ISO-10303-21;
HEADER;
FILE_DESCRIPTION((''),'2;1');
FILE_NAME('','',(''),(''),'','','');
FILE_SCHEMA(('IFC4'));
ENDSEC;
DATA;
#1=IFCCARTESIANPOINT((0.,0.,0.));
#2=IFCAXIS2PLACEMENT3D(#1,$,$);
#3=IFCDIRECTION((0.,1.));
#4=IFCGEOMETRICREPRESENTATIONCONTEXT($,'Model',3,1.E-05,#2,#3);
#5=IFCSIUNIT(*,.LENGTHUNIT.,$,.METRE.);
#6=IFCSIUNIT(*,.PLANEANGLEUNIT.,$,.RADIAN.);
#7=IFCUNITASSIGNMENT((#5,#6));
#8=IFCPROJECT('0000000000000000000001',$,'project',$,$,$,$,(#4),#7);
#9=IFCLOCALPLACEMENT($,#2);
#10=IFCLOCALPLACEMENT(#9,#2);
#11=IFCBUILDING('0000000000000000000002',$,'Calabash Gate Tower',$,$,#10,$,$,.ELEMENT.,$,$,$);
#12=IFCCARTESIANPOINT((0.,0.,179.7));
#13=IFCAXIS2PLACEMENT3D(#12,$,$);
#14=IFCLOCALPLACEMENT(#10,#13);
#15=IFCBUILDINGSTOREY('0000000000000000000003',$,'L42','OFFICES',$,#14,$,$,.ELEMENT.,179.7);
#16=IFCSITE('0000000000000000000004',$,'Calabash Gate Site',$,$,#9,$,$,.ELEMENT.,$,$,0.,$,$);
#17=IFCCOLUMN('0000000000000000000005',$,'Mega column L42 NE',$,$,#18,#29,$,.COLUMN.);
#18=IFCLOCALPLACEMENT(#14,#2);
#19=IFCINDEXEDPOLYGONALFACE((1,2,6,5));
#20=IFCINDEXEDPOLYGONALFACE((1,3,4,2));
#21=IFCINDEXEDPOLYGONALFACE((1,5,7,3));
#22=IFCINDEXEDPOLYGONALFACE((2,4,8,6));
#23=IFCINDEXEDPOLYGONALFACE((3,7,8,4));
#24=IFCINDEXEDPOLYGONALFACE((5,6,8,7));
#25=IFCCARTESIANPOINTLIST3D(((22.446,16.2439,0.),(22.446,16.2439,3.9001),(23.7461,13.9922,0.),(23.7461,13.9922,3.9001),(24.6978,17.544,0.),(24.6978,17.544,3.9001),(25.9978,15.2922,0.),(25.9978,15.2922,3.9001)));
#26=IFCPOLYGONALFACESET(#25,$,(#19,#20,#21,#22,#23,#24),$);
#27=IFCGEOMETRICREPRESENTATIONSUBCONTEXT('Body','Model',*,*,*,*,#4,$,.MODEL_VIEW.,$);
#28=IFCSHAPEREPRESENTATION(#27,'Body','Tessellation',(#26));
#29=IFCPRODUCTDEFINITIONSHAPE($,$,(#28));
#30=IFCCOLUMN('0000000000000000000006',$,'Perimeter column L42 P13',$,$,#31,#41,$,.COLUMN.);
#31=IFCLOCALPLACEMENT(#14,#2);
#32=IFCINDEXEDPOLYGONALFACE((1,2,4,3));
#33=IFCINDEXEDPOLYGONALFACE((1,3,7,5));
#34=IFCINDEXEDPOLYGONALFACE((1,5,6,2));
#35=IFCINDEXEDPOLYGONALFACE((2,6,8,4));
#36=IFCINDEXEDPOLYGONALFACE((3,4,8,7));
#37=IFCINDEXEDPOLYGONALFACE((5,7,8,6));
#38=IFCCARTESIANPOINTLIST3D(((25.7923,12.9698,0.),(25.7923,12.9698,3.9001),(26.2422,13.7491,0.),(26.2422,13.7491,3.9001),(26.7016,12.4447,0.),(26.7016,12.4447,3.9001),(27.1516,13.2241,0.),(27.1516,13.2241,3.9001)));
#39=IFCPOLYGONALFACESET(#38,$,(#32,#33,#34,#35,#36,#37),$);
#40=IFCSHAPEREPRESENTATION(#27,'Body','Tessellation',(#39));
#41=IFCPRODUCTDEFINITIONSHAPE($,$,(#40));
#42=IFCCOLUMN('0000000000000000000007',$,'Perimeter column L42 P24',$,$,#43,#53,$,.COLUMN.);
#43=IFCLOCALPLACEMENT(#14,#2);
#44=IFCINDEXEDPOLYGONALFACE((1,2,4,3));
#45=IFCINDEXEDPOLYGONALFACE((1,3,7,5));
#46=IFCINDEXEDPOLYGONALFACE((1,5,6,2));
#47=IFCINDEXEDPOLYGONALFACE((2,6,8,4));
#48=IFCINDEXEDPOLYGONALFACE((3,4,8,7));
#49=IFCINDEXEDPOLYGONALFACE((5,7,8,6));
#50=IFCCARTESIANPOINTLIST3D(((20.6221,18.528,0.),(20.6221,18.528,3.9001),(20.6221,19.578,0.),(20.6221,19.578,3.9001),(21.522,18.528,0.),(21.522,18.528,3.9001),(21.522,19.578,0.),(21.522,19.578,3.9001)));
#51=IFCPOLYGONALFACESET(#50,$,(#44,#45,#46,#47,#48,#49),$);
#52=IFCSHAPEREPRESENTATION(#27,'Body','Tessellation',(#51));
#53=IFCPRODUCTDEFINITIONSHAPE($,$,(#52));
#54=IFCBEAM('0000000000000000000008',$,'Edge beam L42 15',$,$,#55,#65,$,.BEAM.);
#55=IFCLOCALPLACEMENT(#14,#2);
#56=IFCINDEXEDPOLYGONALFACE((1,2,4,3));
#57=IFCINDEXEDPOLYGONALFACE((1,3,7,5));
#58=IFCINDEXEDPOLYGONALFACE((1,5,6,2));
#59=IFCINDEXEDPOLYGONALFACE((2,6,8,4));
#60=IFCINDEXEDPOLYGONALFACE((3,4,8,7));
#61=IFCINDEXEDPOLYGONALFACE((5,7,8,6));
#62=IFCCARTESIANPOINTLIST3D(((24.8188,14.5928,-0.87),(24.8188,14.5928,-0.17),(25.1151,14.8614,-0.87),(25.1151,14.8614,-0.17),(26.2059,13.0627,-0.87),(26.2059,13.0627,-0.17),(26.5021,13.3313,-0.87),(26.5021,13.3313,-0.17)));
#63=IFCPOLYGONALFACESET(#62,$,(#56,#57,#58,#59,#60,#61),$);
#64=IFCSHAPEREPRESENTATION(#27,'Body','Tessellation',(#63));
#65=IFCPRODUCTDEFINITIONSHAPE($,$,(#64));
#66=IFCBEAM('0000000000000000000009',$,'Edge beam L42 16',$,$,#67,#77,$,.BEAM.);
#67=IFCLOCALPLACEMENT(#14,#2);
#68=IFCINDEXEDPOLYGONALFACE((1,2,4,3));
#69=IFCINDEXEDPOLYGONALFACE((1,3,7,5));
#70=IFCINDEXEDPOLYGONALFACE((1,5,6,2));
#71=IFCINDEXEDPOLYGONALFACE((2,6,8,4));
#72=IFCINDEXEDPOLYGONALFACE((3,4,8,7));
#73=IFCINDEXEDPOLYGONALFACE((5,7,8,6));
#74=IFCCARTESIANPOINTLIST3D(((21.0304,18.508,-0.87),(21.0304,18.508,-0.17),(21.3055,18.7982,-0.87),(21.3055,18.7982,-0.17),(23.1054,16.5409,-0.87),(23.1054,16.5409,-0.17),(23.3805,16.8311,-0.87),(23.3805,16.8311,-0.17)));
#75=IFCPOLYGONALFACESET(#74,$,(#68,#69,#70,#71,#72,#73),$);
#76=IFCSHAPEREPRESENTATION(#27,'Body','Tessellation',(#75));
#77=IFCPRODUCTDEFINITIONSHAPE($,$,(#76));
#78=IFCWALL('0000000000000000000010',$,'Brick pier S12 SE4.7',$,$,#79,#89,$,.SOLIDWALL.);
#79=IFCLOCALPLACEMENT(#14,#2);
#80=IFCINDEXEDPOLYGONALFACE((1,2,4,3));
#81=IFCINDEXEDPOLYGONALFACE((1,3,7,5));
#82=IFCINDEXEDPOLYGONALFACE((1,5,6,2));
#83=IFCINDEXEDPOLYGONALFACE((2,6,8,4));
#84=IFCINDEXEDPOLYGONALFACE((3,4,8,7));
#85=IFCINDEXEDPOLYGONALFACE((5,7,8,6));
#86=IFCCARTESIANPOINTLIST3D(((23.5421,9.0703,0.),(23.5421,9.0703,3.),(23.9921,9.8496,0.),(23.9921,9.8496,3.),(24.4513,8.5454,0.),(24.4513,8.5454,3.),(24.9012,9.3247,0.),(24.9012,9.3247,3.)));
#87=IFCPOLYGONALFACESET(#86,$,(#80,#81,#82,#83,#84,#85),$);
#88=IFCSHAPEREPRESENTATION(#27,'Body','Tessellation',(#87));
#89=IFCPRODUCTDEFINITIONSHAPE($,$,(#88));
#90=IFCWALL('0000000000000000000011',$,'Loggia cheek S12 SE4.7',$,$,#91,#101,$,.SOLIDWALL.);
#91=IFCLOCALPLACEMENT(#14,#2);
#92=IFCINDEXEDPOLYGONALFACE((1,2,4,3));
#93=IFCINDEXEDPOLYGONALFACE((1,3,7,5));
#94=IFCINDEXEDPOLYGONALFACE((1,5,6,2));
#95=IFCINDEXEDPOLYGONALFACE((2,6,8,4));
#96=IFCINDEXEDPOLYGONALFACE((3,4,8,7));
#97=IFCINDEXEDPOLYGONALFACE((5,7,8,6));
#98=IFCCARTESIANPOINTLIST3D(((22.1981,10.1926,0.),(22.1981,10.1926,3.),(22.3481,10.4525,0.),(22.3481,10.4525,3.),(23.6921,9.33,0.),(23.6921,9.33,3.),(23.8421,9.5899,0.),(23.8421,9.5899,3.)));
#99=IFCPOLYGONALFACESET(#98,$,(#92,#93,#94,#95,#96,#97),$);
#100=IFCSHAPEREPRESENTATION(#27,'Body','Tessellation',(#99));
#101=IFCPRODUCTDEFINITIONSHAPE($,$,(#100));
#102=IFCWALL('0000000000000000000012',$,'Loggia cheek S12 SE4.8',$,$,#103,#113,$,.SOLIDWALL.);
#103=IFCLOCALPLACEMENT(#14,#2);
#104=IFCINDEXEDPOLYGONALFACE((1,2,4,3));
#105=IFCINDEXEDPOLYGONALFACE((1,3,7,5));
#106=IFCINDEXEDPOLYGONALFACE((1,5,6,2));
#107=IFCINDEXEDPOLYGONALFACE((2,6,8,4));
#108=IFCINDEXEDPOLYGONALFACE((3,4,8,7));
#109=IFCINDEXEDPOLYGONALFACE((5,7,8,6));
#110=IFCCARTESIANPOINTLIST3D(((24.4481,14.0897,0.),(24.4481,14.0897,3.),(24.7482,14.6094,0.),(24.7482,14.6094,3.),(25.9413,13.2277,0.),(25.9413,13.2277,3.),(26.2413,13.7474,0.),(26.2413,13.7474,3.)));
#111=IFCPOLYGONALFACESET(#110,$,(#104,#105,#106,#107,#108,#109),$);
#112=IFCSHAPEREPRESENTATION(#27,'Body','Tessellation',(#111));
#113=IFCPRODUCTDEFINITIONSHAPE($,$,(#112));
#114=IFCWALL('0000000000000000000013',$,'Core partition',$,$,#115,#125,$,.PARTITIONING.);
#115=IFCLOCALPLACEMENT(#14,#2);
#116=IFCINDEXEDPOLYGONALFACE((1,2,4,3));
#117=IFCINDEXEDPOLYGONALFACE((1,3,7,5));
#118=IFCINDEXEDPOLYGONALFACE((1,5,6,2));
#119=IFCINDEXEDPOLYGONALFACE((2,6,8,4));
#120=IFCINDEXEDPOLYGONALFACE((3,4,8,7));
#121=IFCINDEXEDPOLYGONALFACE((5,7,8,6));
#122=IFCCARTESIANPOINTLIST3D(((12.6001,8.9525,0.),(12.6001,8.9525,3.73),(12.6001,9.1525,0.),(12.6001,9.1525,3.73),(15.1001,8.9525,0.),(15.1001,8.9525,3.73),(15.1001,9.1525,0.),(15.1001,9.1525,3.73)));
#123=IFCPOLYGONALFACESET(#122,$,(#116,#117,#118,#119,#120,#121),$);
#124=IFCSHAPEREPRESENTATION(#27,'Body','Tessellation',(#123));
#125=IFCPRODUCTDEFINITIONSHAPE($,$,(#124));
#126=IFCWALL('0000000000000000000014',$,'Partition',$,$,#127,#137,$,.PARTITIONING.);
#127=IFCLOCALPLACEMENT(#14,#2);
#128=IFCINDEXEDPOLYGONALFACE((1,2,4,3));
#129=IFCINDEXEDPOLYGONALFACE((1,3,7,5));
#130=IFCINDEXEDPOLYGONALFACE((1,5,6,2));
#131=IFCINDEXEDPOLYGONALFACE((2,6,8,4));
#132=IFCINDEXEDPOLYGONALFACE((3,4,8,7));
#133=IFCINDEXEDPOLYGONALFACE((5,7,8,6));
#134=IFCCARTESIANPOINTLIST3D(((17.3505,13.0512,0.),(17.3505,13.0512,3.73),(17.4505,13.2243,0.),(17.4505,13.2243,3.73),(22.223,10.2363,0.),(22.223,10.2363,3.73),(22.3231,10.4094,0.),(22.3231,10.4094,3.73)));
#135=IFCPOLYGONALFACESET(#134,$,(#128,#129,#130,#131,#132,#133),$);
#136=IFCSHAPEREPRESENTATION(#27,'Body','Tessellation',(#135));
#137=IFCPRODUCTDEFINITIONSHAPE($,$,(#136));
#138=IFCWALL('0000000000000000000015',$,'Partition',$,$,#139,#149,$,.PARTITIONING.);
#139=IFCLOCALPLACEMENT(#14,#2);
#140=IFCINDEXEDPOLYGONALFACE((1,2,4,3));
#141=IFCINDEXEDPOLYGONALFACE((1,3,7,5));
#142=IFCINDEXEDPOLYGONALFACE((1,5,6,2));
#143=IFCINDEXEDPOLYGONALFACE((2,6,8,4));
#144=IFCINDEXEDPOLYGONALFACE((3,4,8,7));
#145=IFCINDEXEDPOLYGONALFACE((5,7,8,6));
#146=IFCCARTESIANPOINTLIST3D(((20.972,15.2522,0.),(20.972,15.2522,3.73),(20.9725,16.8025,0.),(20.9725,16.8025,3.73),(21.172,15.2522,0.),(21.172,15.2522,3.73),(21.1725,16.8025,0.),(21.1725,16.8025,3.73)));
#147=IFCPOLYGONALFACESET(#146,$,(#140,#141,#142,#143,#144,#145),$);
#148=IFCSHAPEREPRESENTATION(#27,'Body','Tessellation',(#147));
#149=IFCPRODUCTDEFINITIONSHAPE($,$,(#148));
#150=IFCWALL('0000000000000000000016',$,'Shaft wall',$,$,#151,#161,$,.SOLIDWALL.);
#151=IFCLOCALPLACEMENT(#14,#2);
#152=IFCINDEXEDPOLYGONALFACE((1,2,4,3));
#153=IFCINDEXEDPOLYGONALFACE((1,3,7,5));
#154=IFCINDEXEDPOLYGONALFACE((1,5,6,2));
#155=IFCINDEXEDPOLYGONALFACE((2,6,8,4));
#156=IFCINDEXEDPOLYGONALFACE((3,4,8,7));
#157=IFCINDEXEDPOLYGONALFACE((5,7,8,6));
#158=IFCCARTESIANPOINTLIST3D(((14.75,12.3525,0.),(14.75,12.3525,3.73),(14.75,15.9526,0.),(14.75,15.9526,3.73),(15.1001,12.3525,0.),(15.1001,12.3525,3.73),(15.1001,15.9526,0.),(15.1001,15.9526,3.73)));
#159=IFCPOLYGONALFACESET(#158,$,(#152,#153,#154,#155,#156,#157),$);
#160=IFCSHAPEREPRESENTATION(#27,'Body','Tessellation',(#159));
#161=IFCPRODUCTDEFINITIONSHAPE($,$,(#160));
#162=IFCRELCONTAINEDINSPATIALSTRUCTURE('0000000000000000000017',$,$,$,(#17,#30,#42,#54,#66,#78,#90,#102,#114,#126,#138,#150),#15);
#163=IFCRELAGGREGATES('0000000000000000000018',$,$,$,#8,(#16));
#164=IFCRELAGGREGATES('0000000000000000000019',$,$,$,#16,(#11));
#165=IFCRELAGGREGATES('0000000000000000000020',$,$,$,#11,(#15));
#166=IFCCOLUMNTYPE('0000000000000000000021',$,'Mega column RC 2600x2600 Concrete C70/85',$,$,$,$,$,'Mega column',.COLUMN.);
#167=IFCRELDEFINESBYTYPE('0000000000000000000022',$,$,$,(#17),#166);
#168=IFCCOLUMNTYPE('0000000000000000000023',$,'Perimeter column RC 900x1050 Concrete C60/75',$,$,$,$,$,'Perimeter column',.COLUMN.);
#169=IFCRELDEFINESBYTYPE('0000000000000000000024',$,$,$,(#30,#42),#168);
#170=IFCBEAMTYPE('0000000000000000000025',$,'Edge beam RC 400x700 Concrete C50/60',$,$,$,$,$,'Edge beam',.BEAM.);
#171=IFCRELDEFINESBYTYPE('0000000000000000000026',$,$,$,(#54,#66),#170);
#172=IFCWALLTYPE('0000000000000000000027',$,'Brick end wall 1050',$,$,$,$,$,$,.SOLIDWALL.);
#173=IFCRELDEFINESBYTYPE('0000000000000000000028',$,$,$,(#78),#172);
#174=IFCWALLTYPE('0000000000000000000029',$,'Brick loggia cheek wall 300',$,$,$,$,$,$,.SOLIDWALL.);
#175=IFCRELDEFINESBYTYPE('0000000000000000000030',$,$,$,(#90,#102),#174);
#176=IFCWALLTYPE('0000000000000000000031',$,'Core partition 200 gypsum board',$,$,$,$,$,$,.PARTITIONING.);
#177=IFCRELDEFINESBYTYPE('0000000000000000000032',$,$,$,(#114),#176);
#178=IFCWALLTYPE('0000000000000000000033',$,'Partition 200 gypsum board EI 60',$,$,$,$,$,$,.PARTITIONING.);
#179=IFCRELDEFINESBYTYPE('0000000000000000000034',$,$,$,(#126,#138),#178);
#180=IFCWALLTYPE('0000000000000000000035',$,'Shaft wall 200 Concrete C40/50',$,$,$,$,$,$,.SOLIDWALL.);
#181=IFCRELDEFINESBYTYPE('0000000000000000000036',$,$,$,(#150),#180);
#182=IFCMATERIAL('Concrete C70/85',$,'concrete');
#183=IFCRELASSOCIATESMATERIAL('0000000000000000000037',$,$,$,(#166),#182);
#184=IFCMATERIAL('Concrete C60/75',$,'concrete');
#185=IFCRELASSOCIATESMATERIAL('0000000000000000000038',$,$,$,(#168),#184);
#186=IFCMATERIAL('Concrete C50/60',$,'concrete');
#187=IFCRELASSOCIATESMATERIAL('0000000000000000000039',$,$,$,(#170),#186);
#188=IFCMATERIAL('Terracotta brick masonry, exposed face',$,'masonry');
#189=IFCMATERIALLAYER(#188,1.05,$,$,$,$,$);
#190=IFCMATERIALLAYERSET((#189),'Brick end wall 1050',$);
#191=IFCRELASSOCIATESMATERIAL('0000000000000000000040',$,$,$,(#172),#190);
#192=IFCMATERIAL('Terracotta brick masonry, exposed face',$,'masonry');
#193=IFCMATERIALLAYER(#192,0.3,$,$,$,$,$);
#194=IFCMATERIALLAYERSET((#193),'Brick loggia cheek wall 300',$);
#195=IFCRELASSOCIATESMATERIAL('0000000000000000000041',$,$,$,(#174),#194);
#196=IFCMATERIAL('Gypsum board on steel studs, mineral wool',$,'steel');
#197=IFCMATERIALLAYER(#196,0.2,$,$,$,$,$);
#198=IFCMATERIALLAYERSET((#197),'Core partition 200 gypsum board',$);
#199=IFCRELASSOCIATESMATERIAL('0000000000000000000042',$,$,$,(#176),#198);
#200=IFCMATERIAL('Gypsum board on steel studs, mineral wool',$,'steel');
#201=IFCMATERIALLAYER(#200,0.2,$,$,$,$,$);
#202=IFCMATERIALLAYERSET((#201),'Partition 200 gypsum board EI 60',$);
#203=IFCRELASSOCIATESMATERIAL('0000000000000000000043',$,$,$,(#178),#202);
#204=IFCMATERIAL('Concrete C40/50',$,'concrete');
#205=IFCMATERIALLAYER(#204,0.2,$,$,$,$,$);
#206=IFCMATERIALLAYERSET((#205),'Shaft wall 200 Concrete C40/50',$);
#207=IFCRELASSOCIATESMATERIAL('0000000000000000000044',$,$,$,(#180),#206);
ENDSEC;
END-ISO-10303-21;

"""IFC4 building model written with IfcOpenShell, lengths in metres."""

from ifc_helpers import new_model, si_unit, direction, frame, frame_2d, origin, origin_2d, place, context, subcontext, project, spatial, rectangle, extrude, material, layer, layer_set, material_profile, profile_set, type_object, element, save


model = new_model("IFC4")

# Units and contexts
model_context = context("Model", 3, precision=1e-05, world=origin(), true_north=direction((0.0, 1.0)))
body_context = subcontext(model_context, "Body", "Model", "MODEL_VIEW")
ifc_project = project(units=[si_unit("LENGTHUNIT", "METRE"), si_unit("PLANEANGLEUNIT", "RADIAN")], contexts=[model_context])

# Site, building, storey
site_placement = place(None, origin())
site = spatial("IfcSite", under=ifc_project, at=site_placement, Name="Calabash Gate Site", CompositionType="ELEMENT", RefElevation=0.0)
building_placement = place(site_placement, origin())
building = spatial("IfcBuilding", under=site, at=building_placement, Name="Calabash Gate Tower", CompositionType="ELEMENT")
storey_placement = place(building_placement, frame((0.0, 0.0, 179.7)))
storey = spatial("IfcBuildingStorey", under=building, at=storey_placement, Name="L42", Description="OFFICES", CompositionType="ELEMENT", Elevation=179.7)

# Columns
ifc_material_1 = material(Name="Concrete C70/85", Category="concrete")
ifc_material_profile_1 = material_profile(ifc_material_1, rectangle(XDim=2.6001, YDim=2.6001, at=origin_2d()))
ifc_profile_set_1 = profile_set([ifc_material_profile_1], Name="Concrete C70/85")
column_type_1 = type_object("IfcColumnType", Name="Mega column RC 2600x2600 Concrete C70/85", ElementType="Mega column", PredefinedType="COLUMN", material=ifc_profile_set_1)
column_placement = place(storey_placement, frame((24.2219, 15.7681, 0.0), z_axis=(0.0, 0.0, 1.0), x_axis=(-0.866025, -0.5, 0.0)))
element("IfcColumn", 1, at=column_placement, inside=storey, type_object=column_type_1, Name="Mega column L42 NE", PredefinedType="COLUMN", context=body_context, shape_type="SweptSolid", body=[
    extrude(rectangle(XDim=2.6001, YDim=2.6001, at=origin_2d()), origin(), (0.0, 0.0, 1.0), 3.9001),
])
ifc_material_2 = material(Name="Concrete C60/75", Category="concrete")
ifc_material_profile_2 = material_profile(ifc_material_2, rectangle(XDim=0.8999, YDim=1.05, at=origin_2d()))
ifc_profile_set_2 = profile_set([ifc_material_profile_2], Name="Concrete C60/75")
column_type_2 = type_object("IfcColumnType", Name="Perimeter column RC 900x1050 Concrete C60/75", ElementType="Perimeter column", PredefinedType="COLUMN", material=ifc_profile_set_2)
for number, where, z_axis, x_axis, name in (
    (2, (26.4719, 13.0969, 0.0), (0.0, 0.0, 1.0), (0.5, 0.866025, 0.0), "Perimeter column L42 P13"),
    (3, (21.072, 19.053, 0.0), (0.0, 0.0, 1.0), (-1.0, 0.0, 0.0), "Perimeter column L42 P24"),
):
    element("IfcColumn", number, at=place(storey_placement, frame(where, z_axis=z_axis, x_axis=x_axis)), inside=storey, type_object=column_type_2, Name=name, PredefinedType="COLUMN", context=body_context, shape_type="SweptSolid", body=[
        extrude(rectangle(XDim=0.8999, YDim=1.05, at=origin_2d()), origin(), (0.0, 0.0, 1.0), 3.9001),
    ])

# Beams
ifc_material_3 = material(Name="Concrete C50/60", Category="concrete")
ifc_material_profile_3 = material_profile(ifc_material_3, rectangle(XDim=0.3999, YDim=0.7, at=origin_2d()))
ifc_profile_set_3 = profile_set([ifc_material_profile_3], Name="Concrete C50/60")
beam_type = type_object("IfcBeamType", Name="Edge beam RC 400x700 Concrete C50/60", ElementType="Edge beam", PredefinedType="BEAM", material=ifc_profile_set_3)
beam_1_placement = place(storey_placement, frame((26.354, 13.197, -0.52), z_axis=(-0.671619, 0.740897, 0.0), x_axis=(-0.740897, -0.671619, 0.0)))
element("IfcBeam", 4, at=beam_1_placement, inside=storey, type_object=beam_type, Name="Edge beam L42 15", PredefinedType="BEAM", context=body_context, shape_type="SweptSolid", body=[
    extrude(rectangle(XDim=0.3999, YDim=0.7, at=origin_2d()), origin(), (0.0, 0.0, 1.0), 2.0652),
])
beam_2_placement = place(storey_placement, frame((23.2429, 16.686, -0.52), z_axis=(-0.725726, 0.687984, 0.0), x_axis=(-0.687984, -0.725726, 0.0)))
element("IfcBeam", 5, at=beam_2_placement, inside=storey, type_object=beam_type, Name="Edge beam L42 16", PredefinedType="BEAM", context=body_context, shape_type="SweptSolid", body=[
    extrude(rectangle(XDim=0.3999, YDim=0.7, at=origin_2d()), origin(), (0.0, 0.0, 1.0), 2.8591),
])

# Walls
ifc_material_4 = material(Name="Terracotta brick masonry, exposed face", Category="masonry")
ifc_layer_1 = layer(ifc_material_4, 1.05)
ifc_layer_set_1 = layer_set([ifc_layer_1], Name="Brick end wall 1050")
wall_type_1 = type_object("IfcWallType", Name="Brick end wall 1050", PredefinedType="SOLIDWALL", material=ifc_layer_set_1)
wall_1_placement = place(storey_placement, frame((24.6763, 8.9351, 0.0), z_axis=(0.0, 0.0, 1.0), x_axis=(-0.866031, 0.499991, 0.0)))
element("IfcWall", 6, at=wall_1_placement, inside=storey, type_object=wall_type_1, Name="Brick pier S12 SE4.7", PredefinedType="SOLIDWALL", context=body_context, shape_type="SweptSolid", body=[
    extrude(rectangle(XDim=1.0498, YDim=0.8999, at=frame_2d((0.5249, 0.0))), origin(), (0.0, 0.0, 1.0), 3.0),
])
ifc_material_5 = material(Name="Terracotta brick masonry, exposed face", Category="masonry")
ifc_layer_2 = layer(ifc_material_5, 0.3)
ifc_layer_set_2 = layer_set([ifc_layer_2], Name="Brick loggia cheek wall 300")
wall_type_2 = type_object("IfcWallType", Name="Brick loggia cheek wall 300", PredefinedType="SOLIDWALL", material=ifc_layer_set_2)
wall_2_placement = place(storey_placement, frame((23.7671, 9.46, 0.0), z_axis=(0.0, 0.0, 1.0), x_axis=(-0.866014, 0.500021, 0.0)))
element("IfcWall", 7, at=wall_2_placement, inside=storey, type_object=wall_type_2, Name="Loggia cheek S12 SE4.7", PredefinedType="SOLIDWALL", context=body_context, shape_type="SweptSolid", body=[
    extrude(rectangle(XDim=1.7251, YDim=0.3, at=frame_2d((0.8625, 0.0))), origin(), (0.0, 0.0, 1.0), 3.0),
])
wall_3_placement = place(storey_placement, frame((26.0913, 13.4875, 0.0), z_axis=(0.0, 0.0, 1.0), x_axis=(-0.86603, 0.499992, 0.0)))
element("IfcWall", 8, at=wall_3_placement, inside=storey, type_object=wall_type_2, Name="Loggia cheek S12 SE4.8", PredefinedType="SOLIDWALL", context=body_context, shape_type="SweptSolid", body=[
    extrude(rectangle(XDim=1.7241, YDim=0.6001, at=frame_2d((0.8621, 0.0))), origin(), (0.0, 0.0, 1.0), 3.0),
])
ifc_material_6 = material(Name="Gypsum board on steel studs, mineral wool", Category="steel")
ifc_layer_3 = layer(ifc_material_6, 0.2)
ifc_layer_set_3 = layer_set([ifc_layer_3], Name="Core partition 200 gypsum board")
wall_type_3 = type_object("IfcWallType", Name="Core partition 200 gypsum board", PredefinedType="PARTITIONING", material=ifc_layer_set_3)
wall_4_placement = place(storey_placement, frame((12.6001, 9.0525, 0.0), z_axis=(0.0, 0.0, 1.0), x_axis=(1.0, 0.0, 0.0)))
element("IfcWall", 9, at=wall_4_placement, inside=storey, type_object=wall_type_3, Name="Core partition", PredefinedType="PARTITIONING", context=body_context, shape_type="SweptSolid", body=[
    extrude(rectangle(XDim=2.5, YDim=0.2, at=frame_2d((1.25, 0.0))), origin(), (0.0, 0.0, 1.0), 3.73),
])
ifc_material_7 = material(Name="Gypsum board on steel studs, mineral wool", Category="steel")
ifc_layer_4 = layer(ifc_material_7, 0.2)
ifc_layer_set_4 = layer_set([ifc_layer_4], Name="Partition 200 gypsum board EI 60")
wall_type_4 = type_object("IfcWallType", Name="Partition 200 gypsum board EI 60", PredefinedType="PARTITIONING", material=ifc_layer_set_4)
wall_5_placement = place(storey_placement, frame((17.4006, 13.1377, 0.0), z_axis=(0.0, 0.0, 1.0), x_axis=(0.865889, -0.500236, 0.0)))
element("IfcWall", 10, at=wall_5_placement, inside=storey, type_object=wall_type_4, Name="Partition", PredefinedType="PARTITIONING", context=body_context, shape_type="SweptSolid", body=[
    extrude(rectangle(XDim=5.6272, YDim=0.2, at=frame_2d((2.8135, 0.0))), origin(), (0.0, 0.0, 1.0), 3.73),
])

# Walls
wall_6_placement = place(storey_placement, frame((21.072, 15.2522, 0.0), z_axis=(0.0, 0.0, 1.0), x_axis=(0.000315, 1.0, 0.0)))
element("IfcWall", 11, at=wall_6_placement, inside=storey, type_object=wall_type_4, Name="Partition", PredefinedType="PARTITIONING", context=body_context, shape_type="SweptSolid", body=[
    extrude(rectangle(XDim=1.5503, YDim=0.2, at=frame_2d((0.7751, 0.0))), origin(), (0.0, 0.0, 1.0), 3.73),
])
ifc_material_8 = material(Name="Concrete C40/50", Category="concrete")
ifc_layer_5 = layer(ifc_material_8, 0.2)
ifc_layer_set_5 = layer_set([ifc_layer_5], Name="Shaft wall 200 Concrete C40/50")
wall_type_5 = type_object("IfcWallType", Name="Shaft wall 200 Concrete C40/50", PredefinedType="SOLIDWALL", material=ifc_layer_set_5)
wall_7_placement = place(storey_placement, frame((14.925, 12.3525, 0.0), z_axis=(0.0, 0.0, 1.0), x_axis=(0.0, 1.0, 0.0)))
element("IfcWall", 12, at=wall_7_placement, inside=storey, type_object=wall_type_5, Name="Shaft wall", PredefinedType="SOLIDWALL", context=body_context, shape_type="SweptSolid", body=[
    extrude(rectangle(XDim=3.6001, YDim=0.3501, at=frame_2d((1.8, 0.0))), origin(), (0.0, 0.0, 1.0), 3.73),
])

save(model, "model.ifc")
